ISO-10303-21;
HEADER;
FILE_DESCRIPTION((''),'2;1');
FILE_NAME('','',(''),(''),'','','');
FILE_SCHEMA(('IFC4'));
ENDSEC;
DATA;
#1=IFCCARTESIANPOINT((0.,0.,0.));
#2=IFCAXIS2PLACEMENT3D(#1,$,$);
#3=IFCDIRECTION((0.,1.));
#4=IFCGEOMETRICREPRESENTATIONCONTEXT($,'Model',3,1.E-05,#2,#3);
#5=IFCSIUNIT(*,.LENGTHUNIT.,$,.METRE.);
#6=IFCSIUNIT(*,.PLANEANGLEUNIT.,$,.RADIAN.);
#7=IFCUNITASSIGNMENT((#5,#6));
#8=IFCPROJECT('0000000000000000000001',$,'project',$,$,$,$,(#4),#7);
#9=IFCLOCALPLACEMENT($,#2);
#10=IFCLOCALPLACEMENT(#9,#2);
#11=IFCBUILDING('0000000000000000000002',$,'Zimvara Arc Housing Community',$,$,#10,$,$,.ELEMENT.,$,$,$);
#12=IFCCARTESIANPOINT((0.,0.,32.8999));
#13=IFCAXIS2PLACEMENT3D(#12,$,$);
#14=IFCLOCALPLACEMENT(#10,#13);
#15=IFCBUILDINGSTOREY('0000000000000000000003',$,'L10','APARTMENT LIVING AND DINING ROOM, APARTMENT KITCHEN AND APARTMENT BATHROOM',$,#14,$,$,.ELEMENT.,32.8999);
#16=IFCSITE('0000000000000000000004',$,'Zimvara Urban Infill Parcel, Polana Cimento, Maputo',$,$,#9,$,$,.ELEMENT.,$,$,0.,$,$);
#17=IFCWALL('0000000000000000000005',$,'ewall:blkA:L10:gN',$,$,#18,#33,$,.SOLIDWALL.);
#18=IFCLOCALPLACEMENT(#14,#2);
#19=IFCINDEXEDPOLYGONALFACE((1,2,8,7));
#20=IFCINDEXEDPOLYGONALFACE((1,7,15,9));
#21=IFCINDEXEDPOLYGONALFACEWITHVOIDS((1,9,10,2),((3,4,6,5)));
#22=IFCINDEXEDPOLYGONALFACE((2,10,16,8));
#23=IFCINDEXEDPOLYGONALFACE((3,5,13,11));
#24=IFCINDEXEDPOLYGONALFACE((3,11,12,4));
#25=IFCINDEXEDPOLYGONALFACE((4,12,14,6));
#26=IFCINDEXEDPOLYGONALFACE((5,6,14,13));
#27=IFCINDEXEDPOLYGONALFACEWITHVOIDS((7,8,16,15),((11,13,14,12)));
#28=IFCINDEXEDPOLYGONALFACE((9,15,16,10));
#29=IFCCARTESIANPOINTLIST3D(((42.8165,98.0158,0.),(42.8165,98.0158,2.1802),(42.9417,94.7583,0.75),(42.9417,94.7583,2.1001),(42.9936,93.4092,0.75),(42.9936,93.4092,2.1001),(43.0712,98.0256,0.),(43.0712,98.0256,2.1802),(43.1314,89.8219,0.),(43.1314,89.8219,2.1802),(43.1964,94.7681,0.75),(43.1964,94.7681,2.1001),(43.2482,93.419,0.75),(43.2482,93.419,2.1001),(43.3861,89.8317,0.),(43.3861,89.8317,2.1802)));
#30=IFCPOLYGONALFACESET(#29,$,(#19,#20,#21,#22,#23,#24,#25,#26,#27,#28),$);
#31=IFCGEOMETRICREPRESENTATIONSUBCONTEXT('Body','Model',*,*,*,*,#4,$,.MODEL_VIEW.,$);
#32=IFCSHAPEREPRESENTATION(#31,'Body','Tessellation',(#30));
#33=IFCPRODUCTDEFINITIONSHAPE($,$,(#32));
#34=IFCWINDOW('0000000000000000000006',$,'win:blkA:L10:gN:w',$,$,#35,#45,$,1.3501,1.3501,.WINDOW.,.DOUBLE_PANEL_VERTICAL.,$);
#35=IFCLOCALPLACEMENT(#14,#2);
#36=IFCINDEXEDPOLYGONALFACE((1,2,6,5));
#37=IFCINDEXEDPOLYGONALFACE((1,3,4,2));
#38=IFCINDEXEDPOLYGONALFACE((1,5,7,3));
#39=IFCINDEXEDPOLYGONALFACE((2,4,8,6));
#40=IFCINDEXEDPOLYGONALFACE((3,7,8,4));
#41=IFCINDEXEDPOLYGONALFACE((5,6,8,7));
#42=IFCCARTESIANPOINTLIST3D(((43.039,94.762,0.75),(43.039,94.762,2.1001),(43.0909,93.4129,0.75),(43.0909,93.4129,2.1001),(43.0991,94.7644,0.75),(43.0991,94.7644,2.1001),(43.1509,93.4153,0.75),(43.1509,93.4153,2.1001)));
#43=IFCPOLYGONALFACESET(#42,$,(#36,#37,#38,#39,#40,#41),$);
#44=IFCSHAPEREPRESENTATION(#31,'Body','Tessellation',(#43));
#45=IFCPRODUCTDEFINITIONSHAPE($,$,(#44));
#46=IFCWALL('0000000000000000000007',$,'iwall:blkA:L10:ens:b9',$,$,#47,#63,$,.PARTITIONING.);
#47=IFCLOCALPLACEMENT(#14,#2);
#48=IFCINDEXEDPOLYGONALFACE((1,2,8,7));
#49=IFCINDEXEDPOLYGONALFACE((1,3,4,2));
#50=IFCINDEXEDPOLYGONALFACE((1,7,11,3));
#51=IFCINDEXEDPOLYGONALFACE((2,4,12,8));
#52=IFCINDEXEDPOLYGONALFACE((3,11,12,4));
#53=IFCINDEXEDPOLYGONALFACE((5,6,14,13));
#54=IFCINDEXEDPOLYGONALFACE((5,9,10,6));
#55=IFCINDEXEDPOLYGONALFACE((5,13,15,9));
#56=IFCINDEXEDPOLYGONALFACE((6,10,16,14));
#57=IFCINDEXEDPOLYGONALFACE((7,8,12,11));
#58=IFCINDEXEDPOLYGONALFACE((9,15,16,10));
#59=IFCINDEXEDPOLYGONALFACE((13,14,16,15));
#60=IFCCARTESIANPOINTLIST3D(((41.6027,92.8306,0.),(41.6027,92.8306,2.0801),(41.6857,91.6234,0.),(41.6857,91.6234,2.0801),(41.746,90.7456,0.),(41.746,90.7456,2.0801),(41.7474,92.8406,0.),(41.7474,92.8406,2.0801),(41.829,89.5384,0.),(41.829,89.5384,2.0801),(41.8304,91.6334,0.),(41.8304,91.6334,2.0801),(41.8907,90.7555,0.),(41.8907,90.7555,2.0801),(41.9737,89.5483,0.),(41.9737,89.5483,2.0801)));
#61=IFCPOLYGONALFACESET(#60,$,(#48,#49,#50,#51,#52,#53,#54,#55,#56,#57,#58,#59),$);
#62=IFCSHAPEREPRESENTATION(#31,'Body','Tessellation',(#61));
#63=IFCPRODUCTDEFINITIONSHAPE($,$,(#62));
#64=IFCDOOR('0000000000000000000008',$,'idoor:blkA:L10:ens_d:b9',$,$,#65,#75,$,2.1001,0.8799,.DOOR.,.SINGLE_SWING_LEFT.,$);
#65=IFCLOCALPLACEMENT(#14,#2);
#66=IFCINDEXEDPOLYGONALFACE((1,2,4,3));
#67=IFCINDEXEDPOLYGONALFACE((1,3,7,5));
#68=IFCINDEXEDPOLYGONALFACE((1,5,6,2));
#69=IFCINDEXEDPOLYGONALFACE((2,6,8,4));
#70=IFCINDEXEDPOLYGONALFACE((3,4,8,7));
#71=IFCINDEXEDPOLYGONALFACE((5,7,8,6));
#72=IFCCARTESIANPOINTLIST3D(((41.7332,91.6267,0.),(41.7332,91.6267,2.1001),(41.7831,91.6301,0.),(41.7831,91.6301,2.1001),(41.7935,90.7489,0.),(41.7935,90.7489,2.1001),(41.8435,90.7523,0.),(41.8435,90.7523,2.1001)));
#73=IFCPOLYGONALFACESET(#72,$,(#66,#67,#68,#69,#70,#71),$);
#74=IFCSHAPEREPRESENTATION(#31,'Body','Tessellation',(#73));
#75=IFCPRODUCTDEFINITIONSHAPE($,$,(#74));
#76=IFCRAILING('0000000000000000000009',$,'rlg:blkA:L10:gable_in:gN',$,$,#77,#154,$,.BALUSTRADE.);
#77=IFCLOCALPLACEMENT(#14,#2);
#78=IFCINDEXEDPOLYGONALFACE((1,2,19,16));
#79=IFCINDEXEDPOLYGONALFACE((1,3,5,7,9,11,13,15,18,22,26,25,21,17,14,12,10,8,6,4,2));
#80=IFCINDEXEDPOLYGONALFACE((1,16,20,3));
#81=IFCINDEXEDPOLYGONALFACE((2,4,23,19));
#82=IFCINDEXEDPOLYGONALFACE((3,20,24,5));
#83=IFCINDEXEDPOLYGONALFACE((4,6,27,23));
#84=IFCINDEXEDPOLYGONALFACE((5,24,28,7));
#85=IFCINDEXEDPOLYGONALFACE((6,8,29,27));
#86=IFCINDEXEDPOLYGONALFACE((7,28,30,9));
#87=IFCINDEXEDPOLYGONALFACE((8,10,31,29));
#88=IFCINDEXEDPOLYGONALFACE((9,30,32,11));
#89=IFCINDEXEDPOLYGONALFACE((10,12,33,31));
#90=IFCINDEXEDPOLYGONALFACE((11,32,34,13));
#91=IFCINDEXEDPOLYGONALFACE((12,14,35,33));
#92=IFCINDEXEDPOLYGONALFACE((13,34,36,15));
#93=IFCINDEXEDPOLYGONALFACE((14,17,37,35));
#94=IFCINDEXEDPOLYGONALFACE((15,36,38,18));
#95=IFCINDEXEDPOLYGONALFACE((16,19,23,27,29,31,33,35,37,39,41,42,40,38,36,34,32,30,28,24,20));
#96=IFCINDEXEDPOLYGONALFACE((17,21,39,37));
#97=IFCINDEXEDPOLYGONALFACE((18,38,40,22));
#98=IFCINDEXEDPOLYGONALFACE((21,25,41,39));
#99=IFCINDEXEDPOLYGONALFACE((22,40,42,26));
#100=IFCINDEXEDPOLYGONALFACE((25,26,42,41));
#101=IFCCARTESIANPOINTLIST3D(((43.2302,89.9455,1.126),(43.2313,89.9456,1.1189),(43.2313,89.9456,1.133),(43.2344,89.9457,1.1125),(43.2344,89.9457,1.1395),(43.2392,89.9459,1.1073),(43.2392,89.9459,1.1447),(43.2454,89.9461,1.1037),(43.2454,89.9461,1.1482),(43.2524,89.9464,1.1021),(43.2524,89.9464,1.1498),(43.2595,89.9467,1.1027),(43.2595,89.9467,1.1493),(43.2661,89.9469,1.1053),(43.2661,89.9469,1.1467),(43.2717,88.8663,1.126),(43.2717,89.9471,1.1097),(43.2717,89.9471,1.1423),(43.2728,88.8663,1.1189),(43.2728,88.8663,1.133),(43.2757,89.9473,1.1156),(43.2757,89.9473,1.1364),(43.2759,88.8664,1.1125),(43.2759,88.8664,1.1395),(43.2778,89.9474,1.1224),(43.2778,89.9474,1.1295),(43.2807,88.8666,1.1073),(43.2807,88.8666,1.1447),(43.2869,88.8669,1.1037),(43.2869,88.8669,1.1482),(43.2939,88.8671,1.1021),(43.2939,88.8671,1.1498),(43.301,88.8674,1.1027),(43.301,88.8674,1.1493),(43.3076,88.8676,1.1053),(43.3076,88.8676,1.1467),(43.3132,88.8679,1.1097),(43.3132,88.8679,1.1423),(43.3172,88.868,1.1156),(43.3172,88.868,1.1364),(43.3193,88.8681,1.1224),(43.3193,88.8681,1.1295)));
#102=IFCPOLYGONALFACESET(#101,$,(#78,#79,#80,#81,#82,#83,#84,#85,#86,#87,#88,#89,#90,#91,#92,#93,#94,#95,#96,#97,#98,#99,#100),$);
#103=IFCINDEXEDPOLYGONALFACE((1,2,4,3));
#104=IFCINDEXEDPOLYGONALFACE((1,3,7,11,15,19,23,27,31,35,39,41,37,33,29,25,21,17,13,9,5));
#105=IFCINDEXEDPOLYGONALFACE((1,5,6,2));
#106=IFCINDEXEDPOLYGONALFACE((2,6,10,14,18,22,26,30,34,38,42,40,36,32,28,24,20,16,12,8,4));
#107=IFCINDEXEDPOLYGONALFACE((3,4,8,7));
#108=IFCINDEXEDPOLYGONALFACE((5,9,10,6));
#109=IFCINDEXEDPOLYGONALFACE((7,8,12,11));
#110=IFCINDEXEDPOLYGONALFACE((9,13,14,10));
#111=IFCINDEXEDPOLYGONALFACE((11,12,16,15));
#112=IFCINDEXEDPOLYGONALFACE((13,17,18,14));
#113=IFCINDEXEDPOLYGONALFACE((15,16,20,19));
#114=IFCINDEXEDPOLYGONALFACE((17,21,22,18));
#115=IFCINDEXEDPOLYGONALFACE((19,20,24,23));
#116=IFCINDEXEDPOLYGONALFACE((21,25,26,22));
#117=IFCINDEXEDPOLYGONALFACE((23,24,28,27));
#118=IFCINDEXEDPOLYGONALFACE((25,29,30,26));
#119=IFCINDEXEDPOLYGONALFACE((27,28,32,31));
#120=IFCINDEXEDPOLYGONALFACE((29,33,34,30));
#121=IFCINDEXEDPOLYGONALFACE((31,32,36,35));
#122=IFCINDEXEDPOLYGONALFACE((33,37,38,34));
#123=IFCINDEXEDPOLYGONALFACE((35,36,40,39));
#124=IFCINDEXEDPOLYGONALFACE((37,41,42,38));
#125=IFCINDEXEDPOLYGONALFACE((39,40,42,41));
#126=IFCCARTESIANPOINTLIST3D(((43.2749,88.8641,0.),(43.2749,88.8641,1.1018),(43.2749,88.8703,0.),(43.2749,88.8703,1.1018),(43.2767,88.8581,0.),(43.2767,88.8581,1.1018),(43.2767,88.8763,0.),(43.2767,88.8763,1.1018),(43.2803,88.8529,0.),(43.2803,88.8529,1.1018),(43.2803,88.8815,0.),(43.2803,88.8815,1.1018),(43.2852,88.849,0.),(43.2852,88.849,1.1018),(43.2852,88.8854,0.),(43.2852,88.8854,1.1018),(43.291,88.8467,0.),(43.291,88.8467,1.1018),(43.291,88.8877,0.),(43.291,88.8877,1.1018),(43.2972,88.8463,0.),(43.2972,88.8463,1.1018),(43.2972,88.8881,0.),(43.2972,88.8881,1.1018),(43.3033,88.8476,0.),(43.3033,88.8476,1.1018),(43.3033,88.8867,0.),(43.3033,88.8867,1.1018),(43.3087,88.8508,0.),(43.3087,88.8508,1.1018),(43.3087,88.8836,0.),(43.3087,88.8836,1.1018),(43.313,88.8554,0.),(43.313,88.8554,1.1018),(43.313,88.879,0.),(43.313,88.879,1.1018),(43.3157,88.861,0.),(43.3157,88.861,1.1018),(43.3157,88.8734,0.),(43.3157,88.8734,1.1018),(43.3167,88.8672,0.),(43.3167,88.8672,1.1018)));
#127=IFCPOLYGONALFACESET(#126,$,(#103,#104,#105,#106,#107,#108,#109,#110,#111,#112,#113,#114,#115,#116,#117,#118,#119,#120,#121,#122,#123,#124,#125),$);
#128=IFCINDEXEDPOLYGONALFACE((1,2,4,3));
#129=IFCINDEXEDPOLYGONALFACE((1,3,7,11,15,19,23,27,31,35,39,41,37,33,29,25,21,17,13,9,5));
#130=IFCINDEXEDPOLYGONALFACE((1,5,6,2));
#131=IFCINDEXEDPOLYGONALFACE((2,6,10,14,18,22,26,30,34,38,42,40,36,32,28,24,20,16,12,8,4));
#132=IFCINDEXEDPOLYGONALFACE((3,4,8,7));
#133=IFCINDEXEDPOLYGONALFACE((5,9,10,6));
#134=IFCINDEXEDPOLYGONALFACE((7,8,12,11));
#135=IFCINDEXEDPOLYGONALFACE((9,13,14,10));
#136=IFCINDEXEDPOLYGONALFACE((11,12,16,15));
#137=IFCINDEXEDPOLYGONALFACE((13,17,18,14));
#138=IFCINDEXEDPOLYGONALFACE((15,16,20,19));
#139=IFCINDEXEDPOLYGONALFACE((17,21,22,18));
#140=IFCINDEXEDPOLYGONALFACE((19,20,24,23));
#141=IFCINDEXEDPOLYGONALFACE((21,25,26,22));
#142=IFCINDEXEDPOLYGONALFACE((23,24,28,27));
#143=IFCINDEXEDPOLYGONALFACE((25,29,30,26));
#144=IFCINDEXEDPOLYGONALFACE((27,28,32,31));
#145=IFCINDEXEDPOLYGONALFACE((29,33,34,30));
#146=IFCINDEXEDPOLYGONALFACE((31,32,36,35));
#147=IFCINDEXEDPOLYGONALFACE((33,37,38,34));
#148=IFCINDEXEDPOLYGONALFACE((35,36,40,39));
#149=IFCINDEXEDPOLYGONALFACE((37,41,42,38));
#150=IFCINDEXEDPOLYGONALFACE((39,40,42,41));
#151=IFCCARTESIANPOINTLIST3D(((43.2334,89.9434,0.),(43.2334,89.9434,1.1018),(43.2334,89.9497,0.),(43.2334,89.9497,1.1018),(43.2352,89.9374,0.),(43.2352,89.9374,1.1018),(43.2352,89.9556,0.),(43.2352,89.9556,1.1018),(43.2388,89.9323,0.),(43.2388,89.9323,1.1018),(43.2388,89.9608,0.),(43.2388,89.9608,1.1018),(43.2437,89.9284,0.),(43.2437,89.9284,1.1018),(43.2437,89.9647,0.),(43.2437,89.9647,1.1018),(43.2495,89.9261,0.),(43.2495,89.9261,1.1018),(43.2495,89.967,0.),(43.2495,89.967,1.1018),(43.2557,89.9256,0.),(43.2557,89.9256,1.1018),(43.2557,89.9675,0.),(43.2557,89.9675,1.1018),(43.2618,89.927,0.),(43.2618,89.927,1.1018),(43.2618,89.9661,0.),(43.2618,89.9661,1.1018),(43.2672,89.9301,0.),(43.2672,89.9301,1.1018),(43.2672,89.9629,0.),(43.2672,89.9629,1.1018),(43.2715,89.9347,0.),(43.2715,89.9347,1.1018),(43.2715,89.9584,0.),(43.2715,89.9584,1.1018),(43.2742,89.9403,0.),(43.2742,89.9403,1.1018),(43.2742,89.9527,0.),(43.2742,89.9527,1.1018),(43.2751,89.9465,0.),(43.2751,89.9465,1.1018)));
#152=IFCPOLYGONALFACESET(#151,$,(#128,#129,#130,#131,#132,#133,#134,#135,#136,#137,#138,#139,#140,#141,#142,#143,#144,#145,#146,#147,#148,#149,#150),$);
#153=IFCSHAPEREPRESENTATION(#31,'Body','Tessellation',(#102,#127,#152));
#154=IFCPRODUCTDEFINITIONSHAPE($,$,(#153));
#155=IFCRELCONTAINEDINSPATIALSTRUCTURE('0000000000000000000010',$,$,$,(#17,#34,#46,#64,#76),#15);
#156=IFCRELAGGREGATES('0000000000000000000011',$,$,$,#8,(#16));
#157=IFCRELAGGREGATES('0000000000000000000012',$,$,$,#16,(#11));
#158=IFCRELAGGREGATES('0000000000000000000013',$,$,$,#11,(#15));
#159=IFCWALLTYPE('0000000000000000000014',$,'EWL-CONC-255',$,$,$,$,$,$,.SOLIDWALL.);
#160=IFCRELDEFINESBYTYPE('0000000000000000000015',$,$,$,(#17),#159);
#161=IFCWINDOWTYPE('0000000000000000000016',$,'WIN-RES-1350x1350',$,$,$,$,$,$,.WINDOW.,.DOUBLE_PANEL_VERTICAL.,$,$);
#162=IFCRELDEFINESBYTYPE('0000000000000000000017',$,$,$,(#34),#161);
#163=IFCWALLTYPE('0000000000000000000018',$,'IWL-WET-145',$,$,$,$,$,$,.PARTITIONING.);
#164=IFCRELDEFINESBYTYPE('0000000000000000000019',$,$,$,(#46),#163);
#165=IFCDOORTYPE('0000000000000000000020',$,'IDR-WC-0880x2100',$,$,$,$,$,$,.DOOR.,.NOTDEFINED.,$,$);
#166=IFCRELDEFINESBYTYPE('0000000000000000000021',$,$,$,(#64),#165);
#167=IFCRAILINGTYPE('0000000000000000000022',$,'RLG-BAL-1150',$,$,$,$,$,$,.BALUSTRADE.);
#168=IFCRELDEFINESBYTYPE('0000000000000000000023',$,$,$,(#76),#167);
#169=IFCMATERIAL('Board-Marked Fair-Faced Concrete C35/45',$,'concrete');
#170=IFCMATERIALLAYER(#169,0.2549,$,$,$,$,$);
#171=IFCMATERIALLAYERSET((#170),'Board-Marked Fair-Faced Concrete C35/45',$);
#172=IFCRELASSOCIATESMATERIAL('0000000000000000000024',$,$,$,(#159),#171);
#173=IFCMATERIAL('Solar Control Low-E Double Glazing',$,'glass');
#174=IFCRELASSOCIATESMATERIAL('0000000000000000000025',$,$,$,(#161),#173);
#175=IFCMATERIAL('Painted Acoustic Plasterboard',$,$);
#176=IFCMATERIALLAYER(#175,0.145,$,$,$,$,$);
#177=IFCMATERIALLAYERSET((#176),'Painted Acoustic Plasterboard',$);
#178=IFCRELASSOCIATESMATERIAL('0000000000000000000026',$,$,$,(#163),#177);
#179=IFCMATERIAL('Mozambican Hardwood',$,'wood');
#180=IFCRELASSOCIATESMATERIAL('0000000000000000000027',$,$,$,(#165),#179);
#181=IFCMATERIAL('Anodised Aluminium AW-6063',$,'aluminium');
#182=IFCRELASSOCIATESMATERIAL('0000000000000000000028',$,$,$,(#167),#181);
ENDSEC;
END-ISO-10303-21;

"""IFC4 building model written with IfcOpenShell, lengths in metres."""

from ifc_helpers import new_model, si_unit, direction, frame, frame_2d, origin, origin_2d, place, context, subcontext, project, spatial, rectangle, circle, extrude, material, layer, layer_set, type_object, element, fill, save


model = new_model("IFC4")

# Units and contexts
model_context = context("Model", 3, precision=1e-05, world=origin(), true_north=direction((0.0, 1.0)))
body_context = subcontext(model_context, "Body", "Model", "MODEL_VIEW")
ifc_project = project(units=[si_unit("LENGTHUNIT", "METRE"), si_unit("PLANEANGLEUNIT", "RADIAN")], contexts=[model_context])

# Site, building, storey
site_placement = place(None, origin())
site = spatial("IfcSite", under=ifc_project, at=site_placement, Name="Zimvara Urban Infill Parcel, Polana Cimento, Maputo", CompositionType="ELEMENT", RefElevation=0.0)
building_placement = place(site_placement, origin())
building = spatial("IfcBuilding", under=site, at=building_placement, Name="Zimvara Arc Housing Community", CompositionType="ELEMENT")
storey_placement = place(building_placement, frame((0.0, 0.0, 32.8999)))
storey = spatial("IfcBuildingStorey", under=building, at=storey_placement, Name="L10", Description="APARTMENT LIVING AND DINING ROOM, APARTMENT KITCHEN AND APARTMENT BATHROOM", CompositionType="ELEMENT", Elevation=32.8999)

# Wall, opening, window
ifc_material_1 = material(Name="Board-Marked Fair-Faced Concrete C35/45", Category="concrete")
ifc_layer_1 = layer(ifc_material_1, 0.2549)
ifc_layer_set_1 = layer_set([ifc_layer_1], Name="Board-Marked Fair-Faced Concrete C35/45")
wall_type_1 = type_object("IfcWallType", Name="EWL-CONC-255", PredefinedType="SOLIDWALL", material=ifc_layer_set_1)
wall_1_placement = place(storey_placement, frame((43.2588, 89.8267, 0.0), z_axis=(0.0, 0.0, 1.0), x_axis=(-0.038408, 0.999262, 0.0)))
wall_1 = element("IfcWall", 1, at=wall_1_placement, inside=storey, type_object=wall_type_1, Name="ewall:blkA:L10:gN", PredefinedType="SOLIDWALL", context=body_context, shape_type="SweptSolid", body=[
    extrude(rectangle(XDim=8.2, YDim=0.2549, at=frame_2d((4.1001, 0.0))), origin(), (0.0, 0.0, 1.0), 2.1802),
])
opening_1_placement = place(wall_1_placement, frame((3.5901, 0.0, 0.75)))
opening_1 = element("IfcOpeningElement", 2, at=opening_1_placement, cuts=wall_1, PredefinedType="OPENING", context=body_context, shape_type="SweptSolid", body=[
    extrude(rectangle(XDim=1.3501, YDim=1.3501, at=frame_2d((0.675, 0.675))), frame((0.0, 0.1375, 0.0), z_axis=(0.0, -1.0, 0.0), x_axis=(1.0, 0.0, 0.0)), (0.0, 0.0, 1.0), 0.2749),
])
ifc_material_2 = material(Name="Solar Control Low-E Double Glazing", Category="glass")
window_type = type_object("IfcWindowType", Name="WIN-RES-1350x1350", PartitioningType="DOUBLE_PANEL_VERTICAL", PredefinedType="WINDOW", material=ifc_material_2)
window_placement = place(opening_1_placement, origin())
window = element("IfcWindow", 3, at=window_placement, inside=storey, type_object=window_type, Name="win:blkA:L10:gN:w", OverallHeight=1.3501, OverallWidth=1.3501, PartitioningType="DOUBLE_PANEL_VERTICAL", PredefinedType="WINDOW", context=body_context, shape_type="SweptSolid", body=[
    extrude(rectangle(XDim=1.3501, YDim=1.3501, at=frame_2d((0.675, 0.675))), frame((0.0, 0.03, 0.0), z_axis=(0.0, -1.0, 0.0), x_axis=(1.0, 0.0, 0.0)), (0.0, 0.0, 1.0), 0.0601),
])
fill(opening_1, window)

# Wall, opening, door
ifc_material_3 = material(Name="Painted Acoustic Plasterboard")
ifc_layer_2 = layer(ifc_material_3, 0.145)
ifc_layer_set_2 = layer_set([ifc_layer_2], Name="Painted Acoustic Plasterboard")
wall_type_2 = type_object("IfcWallType", Name="IWL-WET-145", PredefinedType="PARTITIONING", material=ifc_layer_set_2)
wall_2_placement = place(storey_placement, frame((41.9014, 89.5435, 0.0), z_axis=(0.0, 0.0, 1.0), x_axis=(-0.068581, 0.997646, 0.0)))
wall_2 = element("IfcWall", 4, at=wall_2_placement, inside=storey, type_object=wall_type_2, Name="iwall:blkA:L10:ens:b9", PredefinedType="PARTITIONING", context=body_context, shape_type="SweptSolid", body=[
    extrude(rectangle(XDim=3.3, YDim=0.145, at=frame_2d((1.6499, 0.0))), origin(), (0.0, 0.0, 1.0), 2.0801),
])
opening_2_placement = place(wall_2_placement, frame((1.21, 0.0, 0.0)))
opening_2 = element("IfcOpeningElement", 5, at=opening_2_placement, cuts=wall_2, PredefinedType="OPENING", context=body_context, shape_type="SweptSolid", body=[
    extrude(rectangle(XDim=0.8799, YDim=2.1001, at=frame_2d((0.4399, 1.05))), frame((0.0, 0.0825, 0.0), z_axis=(0.0, -1.0, 0.0), x_axis=(1.0, 0.0, 0.0)), (0.0, 0.0, 1.0), 0.165),
])
ifc_material_4 = material(Name="Mozambican Hardwood", Category="wood")
door_type = type_object("IfcDoorType", Name="IDR-WC-0880x2100", OperationType="NOTDEFINED", PredefinedType="DOOR", material=ifc_material_4)
door_placement = place(opening_2_placement, origin())
door = element("IfcDoor", 6, at=door_placement, inside=storey, type_object=door_type, Name="idoor:blkA:L10:ens_d:b9", OperationType="SINGLE_SWING_LEFT", OverallHeight=2.1001, OverallWidth=0.8799, PredefinedType="DOOR", context=body_context, shape_type="SweptSolid", body=[
    extrude(rectangle(XDim=0.8799, YDim=2.1001, at=frame_2d((0.4399, 1.05))), frame((0.0, 0.0249, 0.0), z_axis=(0.0, -1.0, 0.0), x_axis=(1.0, 0.0, 0.0)), (0.0, 0.0, 1.0), 0.05),
])
fill(opening_2, door)

# Railing
ifc_material_5 = material(Name="Anodised Aluminium AW-6063", Category="aluminium")
railing_type = type_object("IfcRailingType", Name="RLG-BAL-1150", PredefinedType="BALUSTRADE", material=ifc_material_5)
railing_1_placement = place(storey_placement, frame((43.2957, 88.8672, 0.0)))
element("IfcRailing", 7, at=railing_1_placement, inside=storey, type_object=railing_type, Name="rlg:blkA:L10:gable_in:gN", PredefinedType="BALUSTRADE", context=body_context, shape_type="SweptSolid", body=[
    extrude(circle(Radius=0.0239, at=origin_2d()), frame((0.0, 0.0, 1.126), z_axis=(-0.038424, 0.999262, 0.0), x_axis=(-0.999262, -0.038424, 0.0)), (0.0, 0.0, 1.0), 1.0801),
    extrude(circle(Radius=0.021, at=origin_2d()), origin(), (0.0, 0.0, 1.0), 1.1018),
    extrude(circle(Radius=0.021, at=origin_2d()), frame((-0.0415, 1.0793, 0.0)), (0.0, 0.0, 1.0), 1.1018),
])

save(model, "model.ifc")
